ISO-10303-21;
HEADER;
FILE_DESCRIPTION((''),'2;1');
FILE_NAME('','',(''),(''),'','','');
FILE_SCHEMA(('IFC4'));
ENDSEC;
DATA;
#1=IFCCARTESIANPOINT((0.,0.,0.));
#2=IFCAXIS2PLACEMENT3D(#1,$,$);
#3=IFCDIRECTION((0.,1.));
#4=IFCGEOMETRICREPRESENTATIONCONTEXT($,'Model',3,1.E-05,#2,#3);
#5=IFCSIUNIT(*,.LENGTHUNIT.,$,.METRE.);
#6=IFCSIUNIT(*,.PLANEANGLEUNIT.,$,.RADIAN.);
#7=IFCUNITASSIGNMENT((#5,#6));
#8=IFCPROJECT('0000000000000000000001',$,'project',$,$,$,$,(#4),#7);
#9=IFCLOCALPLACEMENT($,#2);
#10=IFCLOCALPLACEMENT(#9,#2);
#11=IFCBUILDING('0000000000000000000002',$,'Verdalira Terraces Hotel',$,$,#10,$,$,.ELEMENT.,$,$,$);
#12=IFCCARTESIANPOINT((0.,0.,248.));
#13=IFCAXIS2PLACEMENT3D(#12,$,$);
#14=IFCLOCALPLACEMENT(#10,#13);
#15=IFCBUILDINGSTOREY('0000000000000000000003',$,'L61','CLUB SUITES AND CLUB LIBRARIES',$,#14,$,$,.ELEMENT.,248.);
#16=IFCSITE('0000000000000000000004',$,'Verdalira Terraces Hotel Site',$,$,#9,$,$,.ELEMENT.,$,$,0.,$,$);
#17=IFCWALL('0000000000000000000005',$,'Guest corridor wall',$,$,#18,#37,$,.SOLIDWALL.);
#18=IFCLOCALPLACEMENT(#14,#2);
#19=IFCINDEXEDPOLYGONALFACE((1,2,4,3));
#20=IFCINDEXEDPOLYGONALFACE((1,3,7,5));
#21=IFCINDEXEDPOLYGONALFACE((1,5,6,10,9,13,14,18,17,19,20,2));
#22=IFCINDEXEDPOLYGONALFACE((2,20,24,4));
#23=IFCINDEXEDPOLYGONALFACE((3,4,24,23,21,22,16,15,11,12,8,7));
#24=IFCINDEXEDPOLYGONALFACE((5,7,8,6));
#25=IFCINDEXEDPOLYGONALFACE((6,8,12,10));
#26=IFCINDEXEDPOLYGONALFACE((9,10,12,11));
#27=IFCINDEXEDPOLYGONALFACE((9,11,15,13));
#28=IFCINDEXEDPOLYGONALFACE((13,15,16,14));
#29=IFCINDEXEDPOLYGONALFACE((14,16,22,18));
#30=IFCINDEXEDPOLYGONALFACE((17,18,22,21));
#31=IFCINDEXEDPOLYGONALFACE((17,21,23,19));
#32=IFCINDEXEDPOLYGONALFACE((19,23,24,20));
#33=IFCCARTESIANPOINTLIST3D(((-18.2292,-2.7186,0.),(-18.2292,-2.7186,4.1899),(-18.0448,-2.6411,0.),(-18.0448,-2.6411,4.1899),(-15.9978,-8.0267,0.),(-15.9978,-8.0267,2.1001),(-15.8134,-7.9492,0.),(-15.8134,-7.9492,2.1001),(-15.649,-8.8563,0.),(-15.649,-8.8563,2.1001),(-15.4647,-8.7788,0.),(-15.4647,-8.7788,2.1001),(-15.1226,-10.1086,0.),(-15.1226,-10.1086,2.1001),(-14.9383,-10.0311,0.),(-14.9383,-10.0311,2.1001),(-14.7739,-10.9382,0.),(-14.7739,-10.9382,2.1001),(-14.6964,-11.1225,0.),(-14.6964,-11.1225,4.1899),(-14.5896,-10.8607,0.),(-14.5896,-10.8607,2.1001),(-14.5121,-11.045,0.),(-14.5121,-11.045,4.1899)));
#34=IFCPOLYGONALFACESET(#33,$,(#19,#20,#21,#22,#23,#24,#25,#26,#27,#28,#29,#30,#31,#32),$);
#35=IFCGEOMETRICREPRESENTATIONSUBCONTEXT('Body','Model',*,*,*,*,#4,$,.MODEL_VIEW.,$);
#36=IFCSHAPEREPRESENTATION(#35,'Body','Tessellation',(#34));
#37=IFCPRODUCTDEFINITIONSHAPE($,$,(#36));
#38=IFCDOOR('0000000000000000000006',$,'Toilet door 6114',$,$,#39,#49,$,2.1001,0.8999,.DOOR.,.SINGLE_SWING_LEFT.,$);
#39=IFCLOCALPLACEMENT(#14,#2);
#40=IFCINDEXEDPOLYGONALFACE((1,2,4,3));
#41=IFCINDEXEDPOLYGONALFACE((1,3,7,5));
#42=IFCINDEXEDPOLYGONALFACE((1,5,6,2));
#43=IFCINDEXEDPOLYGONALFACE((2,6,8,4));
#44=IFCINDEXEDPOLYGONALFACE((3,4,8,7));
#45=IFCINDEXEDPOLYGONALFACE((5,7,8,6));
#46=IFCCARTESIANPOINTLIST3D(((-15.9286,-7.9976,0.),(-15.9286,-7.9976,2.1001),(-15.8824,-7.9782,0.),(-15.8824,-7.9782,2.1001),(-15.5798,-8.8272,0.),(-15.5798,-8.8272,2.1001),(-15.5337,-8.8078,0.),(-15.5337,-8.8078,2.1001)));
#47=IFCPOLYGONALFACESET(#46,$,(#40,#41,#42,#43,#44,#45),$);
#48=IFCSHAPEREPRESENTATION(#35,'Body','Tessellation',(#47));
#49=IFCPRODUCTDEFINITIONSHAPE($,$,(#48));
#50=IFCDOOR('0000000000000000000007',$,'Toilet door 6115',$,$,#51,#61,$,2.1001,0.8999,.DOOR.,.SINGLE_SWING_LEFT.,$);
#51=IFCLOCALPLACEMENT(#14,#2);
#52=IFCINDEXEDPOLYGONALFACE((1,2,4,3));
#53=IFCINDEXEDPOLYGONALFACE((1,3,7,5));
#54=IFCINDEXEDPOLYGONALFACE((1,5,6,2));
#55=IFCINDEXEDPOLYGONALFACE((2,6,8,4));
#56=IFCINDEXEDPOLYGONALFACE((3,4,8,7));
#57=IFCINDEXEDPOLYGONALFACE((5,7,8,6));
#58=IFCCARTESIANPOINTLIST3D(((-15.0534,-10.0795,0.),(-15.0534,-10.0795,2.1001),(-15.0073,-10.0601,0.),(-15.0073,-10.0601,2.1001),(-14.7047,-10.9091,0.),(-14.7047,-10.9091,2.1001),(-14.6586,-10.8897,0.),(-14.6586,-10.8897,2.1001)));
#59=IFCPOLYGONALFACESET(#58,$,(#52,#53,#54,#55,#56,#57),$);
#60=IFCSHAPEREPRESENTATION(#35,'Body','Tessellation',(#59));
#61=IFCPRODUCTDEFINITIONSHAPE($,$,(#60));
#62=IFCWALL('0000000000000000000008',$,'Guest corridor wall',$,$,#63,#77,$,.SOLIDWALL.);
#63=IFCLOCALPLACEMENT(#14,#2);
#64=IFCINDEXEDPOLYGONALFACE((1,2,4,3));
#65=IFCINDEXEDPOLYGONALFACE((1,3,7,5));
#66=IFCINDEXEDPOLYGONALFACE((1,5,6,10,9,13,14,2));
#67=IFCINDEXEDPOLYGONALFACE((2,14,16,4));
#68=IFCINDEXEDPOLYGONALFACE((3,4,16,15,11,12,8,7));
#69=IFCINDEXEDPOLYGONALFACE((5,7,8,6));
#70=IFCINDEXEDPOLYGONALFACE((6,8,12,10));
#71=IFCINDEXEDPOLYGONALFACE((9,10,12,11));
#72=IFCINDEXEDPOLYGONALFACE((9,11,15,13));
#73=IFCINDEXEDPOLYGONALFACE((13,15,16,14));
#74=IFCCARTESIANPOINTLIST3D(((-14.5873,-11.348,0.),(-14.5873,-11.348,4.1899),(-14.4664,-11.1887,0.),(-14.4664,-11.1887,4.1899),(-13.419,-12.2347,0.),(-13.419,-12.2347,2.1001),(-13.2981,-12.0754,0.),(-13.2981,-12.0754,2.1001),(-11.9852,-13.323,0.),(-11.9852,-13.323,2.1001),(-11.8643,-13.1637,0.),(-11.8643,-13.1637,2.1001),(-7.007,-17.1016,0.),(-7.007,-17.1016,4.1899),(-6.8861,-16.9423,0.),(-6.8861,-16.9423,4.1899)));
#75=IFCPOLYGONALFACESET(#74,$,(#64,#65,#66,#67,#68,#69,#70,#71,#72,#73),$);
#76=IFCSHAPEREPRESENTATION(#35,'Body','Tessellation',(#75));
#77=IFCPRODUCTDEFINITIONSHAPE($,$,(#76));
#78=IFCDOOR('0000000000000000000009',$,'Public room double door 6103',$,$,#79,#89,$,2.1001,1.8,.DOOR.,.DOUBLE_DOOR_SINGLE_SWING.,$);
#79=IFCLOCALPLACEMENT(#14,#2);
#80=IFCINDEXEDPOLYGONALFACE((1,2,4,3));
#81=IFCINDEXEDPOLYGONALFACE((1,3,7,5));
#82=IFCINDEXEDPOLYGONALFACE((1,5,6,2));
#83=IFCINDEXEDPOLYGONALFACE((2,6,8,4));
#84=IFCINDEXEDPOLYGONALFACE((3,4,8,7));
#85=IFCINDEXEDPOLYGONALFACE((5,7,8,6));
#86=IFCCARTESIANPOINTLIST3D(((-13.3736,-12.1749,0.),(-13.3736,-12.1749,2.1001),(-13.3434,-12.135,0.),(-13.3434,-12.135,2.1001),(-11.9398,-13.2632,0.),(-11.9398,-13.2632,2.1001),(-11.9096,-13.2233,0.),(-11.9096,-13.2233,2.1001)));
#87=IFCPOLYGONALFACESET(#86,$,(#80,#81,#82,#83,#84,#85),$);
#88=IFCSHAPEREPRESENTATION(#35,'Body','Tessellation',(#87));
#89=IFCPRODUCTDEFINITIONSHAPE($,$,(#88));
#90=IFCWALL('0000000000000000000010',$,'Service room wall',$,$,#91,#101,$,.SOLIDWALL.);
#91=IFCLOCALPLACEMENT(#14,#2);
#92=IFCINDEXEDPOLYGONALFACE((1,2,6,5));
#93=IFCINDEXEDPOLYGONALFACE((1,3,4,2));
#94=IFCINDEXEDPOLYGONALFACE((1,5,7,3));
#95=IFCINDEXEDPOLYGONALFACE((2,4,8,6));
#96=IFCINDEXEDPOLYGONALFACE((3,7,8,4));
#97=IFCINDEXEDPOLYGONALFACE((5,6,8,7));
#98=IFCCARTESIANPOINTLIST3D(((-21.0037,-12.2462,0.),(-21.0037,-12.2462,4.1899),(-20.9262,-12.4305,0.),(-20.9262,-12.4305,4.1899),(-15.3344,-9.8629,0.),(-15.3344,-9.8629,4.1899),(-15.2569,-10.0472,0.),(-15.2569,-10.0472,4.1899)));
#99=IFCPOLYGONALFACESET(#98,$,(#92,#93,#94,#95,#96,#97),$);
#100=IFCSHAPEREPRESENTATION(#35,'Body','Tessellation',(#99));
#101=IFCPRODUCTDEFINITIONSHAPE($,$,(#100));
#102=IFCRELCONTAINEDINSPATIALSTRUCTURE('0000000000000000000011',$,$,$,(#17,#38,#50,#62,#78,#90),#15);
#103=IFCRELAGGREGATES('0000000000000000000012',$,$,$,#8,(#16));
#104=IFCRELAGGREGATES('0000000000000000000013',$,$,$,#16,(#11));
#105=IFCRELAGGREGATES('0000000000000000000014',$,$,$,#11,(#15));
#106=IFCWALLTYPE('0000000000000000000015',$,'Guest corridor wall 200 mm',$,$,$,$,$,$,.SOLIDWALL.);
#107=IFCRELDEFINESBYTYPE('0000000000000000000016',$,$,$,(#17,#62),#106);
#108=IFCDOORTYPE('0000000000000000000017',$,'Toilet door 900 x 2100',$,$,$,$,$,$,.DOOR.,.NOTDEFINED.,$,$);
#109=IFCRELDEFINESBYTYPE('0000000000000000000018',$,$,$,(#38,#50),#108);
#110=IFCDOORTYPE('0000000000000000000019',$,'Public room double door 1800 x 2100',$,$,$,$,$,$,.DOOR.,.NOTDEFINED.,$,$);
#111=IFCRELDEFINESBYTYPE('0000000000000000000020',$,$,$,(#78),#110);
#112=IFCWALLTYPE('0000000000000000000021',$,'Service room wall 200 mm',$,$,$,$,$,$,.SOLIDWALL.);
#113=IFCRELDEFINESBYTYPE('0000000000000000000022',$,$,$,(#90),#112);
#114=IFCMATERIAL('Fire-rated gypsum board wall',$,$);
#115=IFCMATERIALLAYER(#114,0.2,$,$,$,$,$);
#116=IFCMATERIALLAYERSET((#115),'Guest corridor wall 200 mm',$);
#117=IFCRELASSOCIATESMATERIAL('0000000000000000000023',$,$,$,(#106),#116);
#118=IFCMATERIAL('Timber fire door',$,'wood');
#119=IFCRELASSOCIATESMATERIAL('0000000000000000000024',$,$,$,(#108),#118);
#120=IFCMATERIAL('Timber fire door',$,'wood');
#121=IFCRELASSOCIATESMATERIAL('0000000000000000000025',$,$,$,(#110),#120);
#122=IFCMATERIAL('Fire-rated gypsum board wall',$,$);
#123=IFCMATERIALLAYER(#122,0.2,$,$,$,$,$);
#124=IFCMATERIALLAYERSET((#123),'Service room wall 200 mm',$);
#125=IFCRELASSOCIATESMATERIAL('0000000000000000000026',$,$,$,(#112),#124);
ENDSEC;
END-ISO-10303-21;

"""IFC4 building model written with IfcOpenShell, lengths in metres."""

from ifc_helpers import new_model, si_unit, direction, frame, frame_2d, origin, place, context, subcontext, project, spatial, rectangle, extrude, material, layer, layer_set, type_object, element, fill, save


model = new_model("IFC4")

# Units and contexts
model_context = context("Model", 3, precision=1e-05, world=origin(), true_north=direction((0.0, 1.0)))
body_context = subcontext(model_context, "Body", "Model", "MODEL_VIEW")
ifc_project = project(units=[si_unit("LENGTHUNIT", "METRE"), si_unit("PLANEANGLEUNIT", "RADIAN")], contexts=[model_context])

# Site, building, storey
site_placement = place(None, origin())
site = spatial("IfcSite", under=ifc_project, at=site_placement, Name="Verdalira Terraces Hotel Site", CompositionType="ELEMENT", RefElevation=0.0)
building_placement = place(site_placement, origin())
building = spatial("IfcBuilding", under=site, at=building_placement, Name="Verdalira Terraces Hotel", CompositionType="ELEMENT")
storey_placement = place(building_placement, frame((0.0, 0.0, 248.0)))
storey = spatial("IfcBuildingStorey", under=building, at=storey_placement, Name="L61", Description="CLUB SUITES AND CLUB LIBRARIES", CompositionType="ELEMENT", Elevation=248.0)

# Shared definitions
ifc_material_1 = material(Name="Fire-rated gypsum board wall")
ifc_layer_1 = layer(ifc_material_1, 0.2)
ifc_layer_set_1 = layer_set([ifc_layer_1], Name="Guest corridor wall 200 mm")
wall_type_1 = type_object("IfcWallType", Name="Guest corridor wall 200 mm", PredefinedType="SOLIDWALL", material=ifc_layer_set_1)

# Wall, openings, doors
wall_1_placement = place(storey_placement, frame((-14.6042, -11.0837, 0.0), z_axis=(0.0, 0.0, 1.0), x_axis=(-0.387523, 0.92186, 0.0)))
wall_1 = element("IfcWall", 1, at=wall_1_placement, inside=storey, type_object=wall_type_1, Name="Guest corridor wall", PredefinedType="SOLIDWALL", context=body_context, shape_type="SweptSolid", body=[
    extrude(rectangle(XDim=9.1162, YDim=0.2, at=frame_2d((4.5581, 0.0))), origin(), (0.0, 0.0, 1.0), 4.1899),
])
opening_1_placement = place(wall_1_placement, frame((2.4583, 0.0, 0.0)))
opening_1 = element("IfcOpeningElement", 2, at=opening_1_placement, cuts=wall_1, PredefinedType="OPENING", context=body_context, shape_type="SweptSolid", body=[
    extrude(rectangle(XDim=0.8999, YDim=2.1001, at=frame_2d((0.45, 1.05))), frame((0.0, 0.1099, 0.0), z_axis=(0.0, -1.0, 0.0), x_axis=(1.0, 0.0, 0.0)), (0.0, 0.0, 1.0), 0.22),
])
opening_2_placement = place(wall_1_placement, frame((0.2, 0.0, 0.0)))
opening_2 = element("IfcOpeningElement", 3, at=opening_2_placement, cuts=wall_1, PredefinedType="OPENING", context=body_context, shape_type="SweptSolid", body=[
    extrude(rectangle(XDim=0.8999, YDim=2.1001, at=frame_2d((0.45, 1.05))), frame((0.0, 0.1099, 0.0), z_axis=(0.0, -1.0, 0.0), x_axis=(1.0, 0.0, 0.0)), (0.0, 0.0, 1.0), 0.22),
])
ifc_material_2 = material(Name="Timber fire door", Category="wood")
door_type_1 = type_object("IfcDoorType", Name="Toilet door 900 x 2100", OperationType="NOTDEFINED", PredefinedType="DOOR", material=ifc_material_2)
door_1_placement = place(opening_1_placement, origin())
door_1 = element("IfcDoor", 4, at=door_1_placement, inside=storey, type_object=door_type_1, Name="Toilet door 6114", OperationType="SINGLE_SWING_LEFT", OverallHeight=2.1001, OverallWidth=0.8999, PredefinedType="DOOR", context=body_context, shape_type="SweptSolid", body=[
    extrude(rectangle(XDim=0.8999, YDim=2.1001, at=frame_2d((0.45, 1.05))), frame((0.0, 0.0249, 0.0), z_axis=(0.0, -1.0, 0.0), x_axis=(1.0, 0.0, 0.0)), (0.0, 0.0, 1.0), 0.05),
])
fill(opening_1, door_1)
door_2_placement = place(opening_2_placement, origin())
door_2 = element("IfcDoor", 5, at=door_2_placement, inside=storey, type_object=door_type_1, Name="Toilet door 6115", OperationType="SINGLE_SWING_LEFT", OverallHeight=2.1001, OverallWidth=0.8999, PredefinedType="DOOR", context=body_context, shape_type="SweptSolid", body=[
    extrude(rectangle(XDim=0.8999, YDim=2.1001, at=frame_2d((0.45, 1.05))), frame((0.0, 0.0249, 0.0), z_axis=(0.0, -1.0, 0.0), x_axis=(1.0, 0.0, 0.0)), (0.0, 0.0, 1.0), 0.05),
])
fill(opening_2, door_2)

# Wall, opening, door
wall_2_placement = place(storey_placement, frame((-6.9465, -17.022, 0.0), z_axis=(0.0, 0.0, 1.0), x_axis=(-0.796536, 0.604591, 0.0)))
wall_2 = element("IfcWall", 6, at=wall_2_placement, inside=storey, type_object=wall_type_1, Name="Guest corridor wall", PredefinedType="SOLIDWALL", context=body_context, shape_type="SweptSolid", body=[
    extrude(rectangle(XDim=9.5166, YDim=0.2, at=frame_2d((4.7583, 0.0))), origin(), (0.0, 0.0, 1.0), 4.1899),
])
opening_3_placement = place(wall_2_placement, frame((6.25, 0.0, 0.0)))
opening_3 = element("IfcOpeningElement", 7, at=opening_3_placement, cuts=wall_2, PredefinedType="OPENING", context=body_context, shape_type="SweptSolid", body=[
    extrude(rectangle(XDim=1.8, YDim=2.1001, at=frame_2d((0.8999, 1.05))), frame((0.0, 0.1099, 0.0), z_axis=(0.0, -1.0, 0.0), x_axis=(1.0, 0.0, 0.0)), (0.0, 0.0, 1.0), 0.22),
])
ifc_material_3 = material(Name="Timber fire door", Category="wood")
door_type_2 = type_object("IfcDoorType", Name="Public room double door 1800 x 2100", OperationType="NOTDEFINED", PredefinedType="DOOR", material=ifc_material_3)
door_3_placement = place(opening_3_placement, origin())
door_3 = element("IfcDoor", 8, at=door_3_placement, inside=storey, type_object=door_type_2, Name="Public room double door 6103", OperationType="DOUBLE_DOOR_SINGLE_SWING", OverallHeight=2.1001, OverallWidth=1.8, PredefinedType="DOOR", context=body_context, shape_type="SweptSolid", body=[
    extrude(rectangle(XDim=1.8, YDim=2.1001, at=frame_2d((0.8999, 1.05))), frame((0.0, 0.0249, 0.0), z_axis=(0.0, -1.0, 0.0), x_axis=(1.0, 0.0, 0.0)), (0.0, 0.0, 1.0), 0.05),
])
fill(opening_3, door_3)

# Wall
ifc_material_4 = material(Name="Fire-rated gypsum board wall")
ifc_layer_2 = layer(ifc_material_4, 0.2)
ifc_layer_set_2 = layer_set([ifc_layer_2], Name="Service room wall 200 mm")
wall_type_2 = type_object("IfcWallType", Name="Service room wall 200 mm", PredefinedType="SOLIDWALL", material=ifc_layer_set_2)
wall_3_placement = place(storey_placement, frame((-15.2957, -9.9551, 0.0), z_axis=(0.0, 0.0, 1.0), x_axis=(-0.921858, -0.387528, 0.0)))
element("IfcWall", 9, at=wall_3_placement, inside=storey, type_object=wall_type_2, Name="Service room wall", PredefinedType="SOLIDWALL", context=body_context, shape_type="SweptSolid", body=[
    extrude(rectangle(XDim=6.1499, YDim=0.2, at=frame_2d((3.075, 0.0))), origin(), (0.0, 0.0, 1.0), 4.1899),
])

save(model, "model.ifc")
